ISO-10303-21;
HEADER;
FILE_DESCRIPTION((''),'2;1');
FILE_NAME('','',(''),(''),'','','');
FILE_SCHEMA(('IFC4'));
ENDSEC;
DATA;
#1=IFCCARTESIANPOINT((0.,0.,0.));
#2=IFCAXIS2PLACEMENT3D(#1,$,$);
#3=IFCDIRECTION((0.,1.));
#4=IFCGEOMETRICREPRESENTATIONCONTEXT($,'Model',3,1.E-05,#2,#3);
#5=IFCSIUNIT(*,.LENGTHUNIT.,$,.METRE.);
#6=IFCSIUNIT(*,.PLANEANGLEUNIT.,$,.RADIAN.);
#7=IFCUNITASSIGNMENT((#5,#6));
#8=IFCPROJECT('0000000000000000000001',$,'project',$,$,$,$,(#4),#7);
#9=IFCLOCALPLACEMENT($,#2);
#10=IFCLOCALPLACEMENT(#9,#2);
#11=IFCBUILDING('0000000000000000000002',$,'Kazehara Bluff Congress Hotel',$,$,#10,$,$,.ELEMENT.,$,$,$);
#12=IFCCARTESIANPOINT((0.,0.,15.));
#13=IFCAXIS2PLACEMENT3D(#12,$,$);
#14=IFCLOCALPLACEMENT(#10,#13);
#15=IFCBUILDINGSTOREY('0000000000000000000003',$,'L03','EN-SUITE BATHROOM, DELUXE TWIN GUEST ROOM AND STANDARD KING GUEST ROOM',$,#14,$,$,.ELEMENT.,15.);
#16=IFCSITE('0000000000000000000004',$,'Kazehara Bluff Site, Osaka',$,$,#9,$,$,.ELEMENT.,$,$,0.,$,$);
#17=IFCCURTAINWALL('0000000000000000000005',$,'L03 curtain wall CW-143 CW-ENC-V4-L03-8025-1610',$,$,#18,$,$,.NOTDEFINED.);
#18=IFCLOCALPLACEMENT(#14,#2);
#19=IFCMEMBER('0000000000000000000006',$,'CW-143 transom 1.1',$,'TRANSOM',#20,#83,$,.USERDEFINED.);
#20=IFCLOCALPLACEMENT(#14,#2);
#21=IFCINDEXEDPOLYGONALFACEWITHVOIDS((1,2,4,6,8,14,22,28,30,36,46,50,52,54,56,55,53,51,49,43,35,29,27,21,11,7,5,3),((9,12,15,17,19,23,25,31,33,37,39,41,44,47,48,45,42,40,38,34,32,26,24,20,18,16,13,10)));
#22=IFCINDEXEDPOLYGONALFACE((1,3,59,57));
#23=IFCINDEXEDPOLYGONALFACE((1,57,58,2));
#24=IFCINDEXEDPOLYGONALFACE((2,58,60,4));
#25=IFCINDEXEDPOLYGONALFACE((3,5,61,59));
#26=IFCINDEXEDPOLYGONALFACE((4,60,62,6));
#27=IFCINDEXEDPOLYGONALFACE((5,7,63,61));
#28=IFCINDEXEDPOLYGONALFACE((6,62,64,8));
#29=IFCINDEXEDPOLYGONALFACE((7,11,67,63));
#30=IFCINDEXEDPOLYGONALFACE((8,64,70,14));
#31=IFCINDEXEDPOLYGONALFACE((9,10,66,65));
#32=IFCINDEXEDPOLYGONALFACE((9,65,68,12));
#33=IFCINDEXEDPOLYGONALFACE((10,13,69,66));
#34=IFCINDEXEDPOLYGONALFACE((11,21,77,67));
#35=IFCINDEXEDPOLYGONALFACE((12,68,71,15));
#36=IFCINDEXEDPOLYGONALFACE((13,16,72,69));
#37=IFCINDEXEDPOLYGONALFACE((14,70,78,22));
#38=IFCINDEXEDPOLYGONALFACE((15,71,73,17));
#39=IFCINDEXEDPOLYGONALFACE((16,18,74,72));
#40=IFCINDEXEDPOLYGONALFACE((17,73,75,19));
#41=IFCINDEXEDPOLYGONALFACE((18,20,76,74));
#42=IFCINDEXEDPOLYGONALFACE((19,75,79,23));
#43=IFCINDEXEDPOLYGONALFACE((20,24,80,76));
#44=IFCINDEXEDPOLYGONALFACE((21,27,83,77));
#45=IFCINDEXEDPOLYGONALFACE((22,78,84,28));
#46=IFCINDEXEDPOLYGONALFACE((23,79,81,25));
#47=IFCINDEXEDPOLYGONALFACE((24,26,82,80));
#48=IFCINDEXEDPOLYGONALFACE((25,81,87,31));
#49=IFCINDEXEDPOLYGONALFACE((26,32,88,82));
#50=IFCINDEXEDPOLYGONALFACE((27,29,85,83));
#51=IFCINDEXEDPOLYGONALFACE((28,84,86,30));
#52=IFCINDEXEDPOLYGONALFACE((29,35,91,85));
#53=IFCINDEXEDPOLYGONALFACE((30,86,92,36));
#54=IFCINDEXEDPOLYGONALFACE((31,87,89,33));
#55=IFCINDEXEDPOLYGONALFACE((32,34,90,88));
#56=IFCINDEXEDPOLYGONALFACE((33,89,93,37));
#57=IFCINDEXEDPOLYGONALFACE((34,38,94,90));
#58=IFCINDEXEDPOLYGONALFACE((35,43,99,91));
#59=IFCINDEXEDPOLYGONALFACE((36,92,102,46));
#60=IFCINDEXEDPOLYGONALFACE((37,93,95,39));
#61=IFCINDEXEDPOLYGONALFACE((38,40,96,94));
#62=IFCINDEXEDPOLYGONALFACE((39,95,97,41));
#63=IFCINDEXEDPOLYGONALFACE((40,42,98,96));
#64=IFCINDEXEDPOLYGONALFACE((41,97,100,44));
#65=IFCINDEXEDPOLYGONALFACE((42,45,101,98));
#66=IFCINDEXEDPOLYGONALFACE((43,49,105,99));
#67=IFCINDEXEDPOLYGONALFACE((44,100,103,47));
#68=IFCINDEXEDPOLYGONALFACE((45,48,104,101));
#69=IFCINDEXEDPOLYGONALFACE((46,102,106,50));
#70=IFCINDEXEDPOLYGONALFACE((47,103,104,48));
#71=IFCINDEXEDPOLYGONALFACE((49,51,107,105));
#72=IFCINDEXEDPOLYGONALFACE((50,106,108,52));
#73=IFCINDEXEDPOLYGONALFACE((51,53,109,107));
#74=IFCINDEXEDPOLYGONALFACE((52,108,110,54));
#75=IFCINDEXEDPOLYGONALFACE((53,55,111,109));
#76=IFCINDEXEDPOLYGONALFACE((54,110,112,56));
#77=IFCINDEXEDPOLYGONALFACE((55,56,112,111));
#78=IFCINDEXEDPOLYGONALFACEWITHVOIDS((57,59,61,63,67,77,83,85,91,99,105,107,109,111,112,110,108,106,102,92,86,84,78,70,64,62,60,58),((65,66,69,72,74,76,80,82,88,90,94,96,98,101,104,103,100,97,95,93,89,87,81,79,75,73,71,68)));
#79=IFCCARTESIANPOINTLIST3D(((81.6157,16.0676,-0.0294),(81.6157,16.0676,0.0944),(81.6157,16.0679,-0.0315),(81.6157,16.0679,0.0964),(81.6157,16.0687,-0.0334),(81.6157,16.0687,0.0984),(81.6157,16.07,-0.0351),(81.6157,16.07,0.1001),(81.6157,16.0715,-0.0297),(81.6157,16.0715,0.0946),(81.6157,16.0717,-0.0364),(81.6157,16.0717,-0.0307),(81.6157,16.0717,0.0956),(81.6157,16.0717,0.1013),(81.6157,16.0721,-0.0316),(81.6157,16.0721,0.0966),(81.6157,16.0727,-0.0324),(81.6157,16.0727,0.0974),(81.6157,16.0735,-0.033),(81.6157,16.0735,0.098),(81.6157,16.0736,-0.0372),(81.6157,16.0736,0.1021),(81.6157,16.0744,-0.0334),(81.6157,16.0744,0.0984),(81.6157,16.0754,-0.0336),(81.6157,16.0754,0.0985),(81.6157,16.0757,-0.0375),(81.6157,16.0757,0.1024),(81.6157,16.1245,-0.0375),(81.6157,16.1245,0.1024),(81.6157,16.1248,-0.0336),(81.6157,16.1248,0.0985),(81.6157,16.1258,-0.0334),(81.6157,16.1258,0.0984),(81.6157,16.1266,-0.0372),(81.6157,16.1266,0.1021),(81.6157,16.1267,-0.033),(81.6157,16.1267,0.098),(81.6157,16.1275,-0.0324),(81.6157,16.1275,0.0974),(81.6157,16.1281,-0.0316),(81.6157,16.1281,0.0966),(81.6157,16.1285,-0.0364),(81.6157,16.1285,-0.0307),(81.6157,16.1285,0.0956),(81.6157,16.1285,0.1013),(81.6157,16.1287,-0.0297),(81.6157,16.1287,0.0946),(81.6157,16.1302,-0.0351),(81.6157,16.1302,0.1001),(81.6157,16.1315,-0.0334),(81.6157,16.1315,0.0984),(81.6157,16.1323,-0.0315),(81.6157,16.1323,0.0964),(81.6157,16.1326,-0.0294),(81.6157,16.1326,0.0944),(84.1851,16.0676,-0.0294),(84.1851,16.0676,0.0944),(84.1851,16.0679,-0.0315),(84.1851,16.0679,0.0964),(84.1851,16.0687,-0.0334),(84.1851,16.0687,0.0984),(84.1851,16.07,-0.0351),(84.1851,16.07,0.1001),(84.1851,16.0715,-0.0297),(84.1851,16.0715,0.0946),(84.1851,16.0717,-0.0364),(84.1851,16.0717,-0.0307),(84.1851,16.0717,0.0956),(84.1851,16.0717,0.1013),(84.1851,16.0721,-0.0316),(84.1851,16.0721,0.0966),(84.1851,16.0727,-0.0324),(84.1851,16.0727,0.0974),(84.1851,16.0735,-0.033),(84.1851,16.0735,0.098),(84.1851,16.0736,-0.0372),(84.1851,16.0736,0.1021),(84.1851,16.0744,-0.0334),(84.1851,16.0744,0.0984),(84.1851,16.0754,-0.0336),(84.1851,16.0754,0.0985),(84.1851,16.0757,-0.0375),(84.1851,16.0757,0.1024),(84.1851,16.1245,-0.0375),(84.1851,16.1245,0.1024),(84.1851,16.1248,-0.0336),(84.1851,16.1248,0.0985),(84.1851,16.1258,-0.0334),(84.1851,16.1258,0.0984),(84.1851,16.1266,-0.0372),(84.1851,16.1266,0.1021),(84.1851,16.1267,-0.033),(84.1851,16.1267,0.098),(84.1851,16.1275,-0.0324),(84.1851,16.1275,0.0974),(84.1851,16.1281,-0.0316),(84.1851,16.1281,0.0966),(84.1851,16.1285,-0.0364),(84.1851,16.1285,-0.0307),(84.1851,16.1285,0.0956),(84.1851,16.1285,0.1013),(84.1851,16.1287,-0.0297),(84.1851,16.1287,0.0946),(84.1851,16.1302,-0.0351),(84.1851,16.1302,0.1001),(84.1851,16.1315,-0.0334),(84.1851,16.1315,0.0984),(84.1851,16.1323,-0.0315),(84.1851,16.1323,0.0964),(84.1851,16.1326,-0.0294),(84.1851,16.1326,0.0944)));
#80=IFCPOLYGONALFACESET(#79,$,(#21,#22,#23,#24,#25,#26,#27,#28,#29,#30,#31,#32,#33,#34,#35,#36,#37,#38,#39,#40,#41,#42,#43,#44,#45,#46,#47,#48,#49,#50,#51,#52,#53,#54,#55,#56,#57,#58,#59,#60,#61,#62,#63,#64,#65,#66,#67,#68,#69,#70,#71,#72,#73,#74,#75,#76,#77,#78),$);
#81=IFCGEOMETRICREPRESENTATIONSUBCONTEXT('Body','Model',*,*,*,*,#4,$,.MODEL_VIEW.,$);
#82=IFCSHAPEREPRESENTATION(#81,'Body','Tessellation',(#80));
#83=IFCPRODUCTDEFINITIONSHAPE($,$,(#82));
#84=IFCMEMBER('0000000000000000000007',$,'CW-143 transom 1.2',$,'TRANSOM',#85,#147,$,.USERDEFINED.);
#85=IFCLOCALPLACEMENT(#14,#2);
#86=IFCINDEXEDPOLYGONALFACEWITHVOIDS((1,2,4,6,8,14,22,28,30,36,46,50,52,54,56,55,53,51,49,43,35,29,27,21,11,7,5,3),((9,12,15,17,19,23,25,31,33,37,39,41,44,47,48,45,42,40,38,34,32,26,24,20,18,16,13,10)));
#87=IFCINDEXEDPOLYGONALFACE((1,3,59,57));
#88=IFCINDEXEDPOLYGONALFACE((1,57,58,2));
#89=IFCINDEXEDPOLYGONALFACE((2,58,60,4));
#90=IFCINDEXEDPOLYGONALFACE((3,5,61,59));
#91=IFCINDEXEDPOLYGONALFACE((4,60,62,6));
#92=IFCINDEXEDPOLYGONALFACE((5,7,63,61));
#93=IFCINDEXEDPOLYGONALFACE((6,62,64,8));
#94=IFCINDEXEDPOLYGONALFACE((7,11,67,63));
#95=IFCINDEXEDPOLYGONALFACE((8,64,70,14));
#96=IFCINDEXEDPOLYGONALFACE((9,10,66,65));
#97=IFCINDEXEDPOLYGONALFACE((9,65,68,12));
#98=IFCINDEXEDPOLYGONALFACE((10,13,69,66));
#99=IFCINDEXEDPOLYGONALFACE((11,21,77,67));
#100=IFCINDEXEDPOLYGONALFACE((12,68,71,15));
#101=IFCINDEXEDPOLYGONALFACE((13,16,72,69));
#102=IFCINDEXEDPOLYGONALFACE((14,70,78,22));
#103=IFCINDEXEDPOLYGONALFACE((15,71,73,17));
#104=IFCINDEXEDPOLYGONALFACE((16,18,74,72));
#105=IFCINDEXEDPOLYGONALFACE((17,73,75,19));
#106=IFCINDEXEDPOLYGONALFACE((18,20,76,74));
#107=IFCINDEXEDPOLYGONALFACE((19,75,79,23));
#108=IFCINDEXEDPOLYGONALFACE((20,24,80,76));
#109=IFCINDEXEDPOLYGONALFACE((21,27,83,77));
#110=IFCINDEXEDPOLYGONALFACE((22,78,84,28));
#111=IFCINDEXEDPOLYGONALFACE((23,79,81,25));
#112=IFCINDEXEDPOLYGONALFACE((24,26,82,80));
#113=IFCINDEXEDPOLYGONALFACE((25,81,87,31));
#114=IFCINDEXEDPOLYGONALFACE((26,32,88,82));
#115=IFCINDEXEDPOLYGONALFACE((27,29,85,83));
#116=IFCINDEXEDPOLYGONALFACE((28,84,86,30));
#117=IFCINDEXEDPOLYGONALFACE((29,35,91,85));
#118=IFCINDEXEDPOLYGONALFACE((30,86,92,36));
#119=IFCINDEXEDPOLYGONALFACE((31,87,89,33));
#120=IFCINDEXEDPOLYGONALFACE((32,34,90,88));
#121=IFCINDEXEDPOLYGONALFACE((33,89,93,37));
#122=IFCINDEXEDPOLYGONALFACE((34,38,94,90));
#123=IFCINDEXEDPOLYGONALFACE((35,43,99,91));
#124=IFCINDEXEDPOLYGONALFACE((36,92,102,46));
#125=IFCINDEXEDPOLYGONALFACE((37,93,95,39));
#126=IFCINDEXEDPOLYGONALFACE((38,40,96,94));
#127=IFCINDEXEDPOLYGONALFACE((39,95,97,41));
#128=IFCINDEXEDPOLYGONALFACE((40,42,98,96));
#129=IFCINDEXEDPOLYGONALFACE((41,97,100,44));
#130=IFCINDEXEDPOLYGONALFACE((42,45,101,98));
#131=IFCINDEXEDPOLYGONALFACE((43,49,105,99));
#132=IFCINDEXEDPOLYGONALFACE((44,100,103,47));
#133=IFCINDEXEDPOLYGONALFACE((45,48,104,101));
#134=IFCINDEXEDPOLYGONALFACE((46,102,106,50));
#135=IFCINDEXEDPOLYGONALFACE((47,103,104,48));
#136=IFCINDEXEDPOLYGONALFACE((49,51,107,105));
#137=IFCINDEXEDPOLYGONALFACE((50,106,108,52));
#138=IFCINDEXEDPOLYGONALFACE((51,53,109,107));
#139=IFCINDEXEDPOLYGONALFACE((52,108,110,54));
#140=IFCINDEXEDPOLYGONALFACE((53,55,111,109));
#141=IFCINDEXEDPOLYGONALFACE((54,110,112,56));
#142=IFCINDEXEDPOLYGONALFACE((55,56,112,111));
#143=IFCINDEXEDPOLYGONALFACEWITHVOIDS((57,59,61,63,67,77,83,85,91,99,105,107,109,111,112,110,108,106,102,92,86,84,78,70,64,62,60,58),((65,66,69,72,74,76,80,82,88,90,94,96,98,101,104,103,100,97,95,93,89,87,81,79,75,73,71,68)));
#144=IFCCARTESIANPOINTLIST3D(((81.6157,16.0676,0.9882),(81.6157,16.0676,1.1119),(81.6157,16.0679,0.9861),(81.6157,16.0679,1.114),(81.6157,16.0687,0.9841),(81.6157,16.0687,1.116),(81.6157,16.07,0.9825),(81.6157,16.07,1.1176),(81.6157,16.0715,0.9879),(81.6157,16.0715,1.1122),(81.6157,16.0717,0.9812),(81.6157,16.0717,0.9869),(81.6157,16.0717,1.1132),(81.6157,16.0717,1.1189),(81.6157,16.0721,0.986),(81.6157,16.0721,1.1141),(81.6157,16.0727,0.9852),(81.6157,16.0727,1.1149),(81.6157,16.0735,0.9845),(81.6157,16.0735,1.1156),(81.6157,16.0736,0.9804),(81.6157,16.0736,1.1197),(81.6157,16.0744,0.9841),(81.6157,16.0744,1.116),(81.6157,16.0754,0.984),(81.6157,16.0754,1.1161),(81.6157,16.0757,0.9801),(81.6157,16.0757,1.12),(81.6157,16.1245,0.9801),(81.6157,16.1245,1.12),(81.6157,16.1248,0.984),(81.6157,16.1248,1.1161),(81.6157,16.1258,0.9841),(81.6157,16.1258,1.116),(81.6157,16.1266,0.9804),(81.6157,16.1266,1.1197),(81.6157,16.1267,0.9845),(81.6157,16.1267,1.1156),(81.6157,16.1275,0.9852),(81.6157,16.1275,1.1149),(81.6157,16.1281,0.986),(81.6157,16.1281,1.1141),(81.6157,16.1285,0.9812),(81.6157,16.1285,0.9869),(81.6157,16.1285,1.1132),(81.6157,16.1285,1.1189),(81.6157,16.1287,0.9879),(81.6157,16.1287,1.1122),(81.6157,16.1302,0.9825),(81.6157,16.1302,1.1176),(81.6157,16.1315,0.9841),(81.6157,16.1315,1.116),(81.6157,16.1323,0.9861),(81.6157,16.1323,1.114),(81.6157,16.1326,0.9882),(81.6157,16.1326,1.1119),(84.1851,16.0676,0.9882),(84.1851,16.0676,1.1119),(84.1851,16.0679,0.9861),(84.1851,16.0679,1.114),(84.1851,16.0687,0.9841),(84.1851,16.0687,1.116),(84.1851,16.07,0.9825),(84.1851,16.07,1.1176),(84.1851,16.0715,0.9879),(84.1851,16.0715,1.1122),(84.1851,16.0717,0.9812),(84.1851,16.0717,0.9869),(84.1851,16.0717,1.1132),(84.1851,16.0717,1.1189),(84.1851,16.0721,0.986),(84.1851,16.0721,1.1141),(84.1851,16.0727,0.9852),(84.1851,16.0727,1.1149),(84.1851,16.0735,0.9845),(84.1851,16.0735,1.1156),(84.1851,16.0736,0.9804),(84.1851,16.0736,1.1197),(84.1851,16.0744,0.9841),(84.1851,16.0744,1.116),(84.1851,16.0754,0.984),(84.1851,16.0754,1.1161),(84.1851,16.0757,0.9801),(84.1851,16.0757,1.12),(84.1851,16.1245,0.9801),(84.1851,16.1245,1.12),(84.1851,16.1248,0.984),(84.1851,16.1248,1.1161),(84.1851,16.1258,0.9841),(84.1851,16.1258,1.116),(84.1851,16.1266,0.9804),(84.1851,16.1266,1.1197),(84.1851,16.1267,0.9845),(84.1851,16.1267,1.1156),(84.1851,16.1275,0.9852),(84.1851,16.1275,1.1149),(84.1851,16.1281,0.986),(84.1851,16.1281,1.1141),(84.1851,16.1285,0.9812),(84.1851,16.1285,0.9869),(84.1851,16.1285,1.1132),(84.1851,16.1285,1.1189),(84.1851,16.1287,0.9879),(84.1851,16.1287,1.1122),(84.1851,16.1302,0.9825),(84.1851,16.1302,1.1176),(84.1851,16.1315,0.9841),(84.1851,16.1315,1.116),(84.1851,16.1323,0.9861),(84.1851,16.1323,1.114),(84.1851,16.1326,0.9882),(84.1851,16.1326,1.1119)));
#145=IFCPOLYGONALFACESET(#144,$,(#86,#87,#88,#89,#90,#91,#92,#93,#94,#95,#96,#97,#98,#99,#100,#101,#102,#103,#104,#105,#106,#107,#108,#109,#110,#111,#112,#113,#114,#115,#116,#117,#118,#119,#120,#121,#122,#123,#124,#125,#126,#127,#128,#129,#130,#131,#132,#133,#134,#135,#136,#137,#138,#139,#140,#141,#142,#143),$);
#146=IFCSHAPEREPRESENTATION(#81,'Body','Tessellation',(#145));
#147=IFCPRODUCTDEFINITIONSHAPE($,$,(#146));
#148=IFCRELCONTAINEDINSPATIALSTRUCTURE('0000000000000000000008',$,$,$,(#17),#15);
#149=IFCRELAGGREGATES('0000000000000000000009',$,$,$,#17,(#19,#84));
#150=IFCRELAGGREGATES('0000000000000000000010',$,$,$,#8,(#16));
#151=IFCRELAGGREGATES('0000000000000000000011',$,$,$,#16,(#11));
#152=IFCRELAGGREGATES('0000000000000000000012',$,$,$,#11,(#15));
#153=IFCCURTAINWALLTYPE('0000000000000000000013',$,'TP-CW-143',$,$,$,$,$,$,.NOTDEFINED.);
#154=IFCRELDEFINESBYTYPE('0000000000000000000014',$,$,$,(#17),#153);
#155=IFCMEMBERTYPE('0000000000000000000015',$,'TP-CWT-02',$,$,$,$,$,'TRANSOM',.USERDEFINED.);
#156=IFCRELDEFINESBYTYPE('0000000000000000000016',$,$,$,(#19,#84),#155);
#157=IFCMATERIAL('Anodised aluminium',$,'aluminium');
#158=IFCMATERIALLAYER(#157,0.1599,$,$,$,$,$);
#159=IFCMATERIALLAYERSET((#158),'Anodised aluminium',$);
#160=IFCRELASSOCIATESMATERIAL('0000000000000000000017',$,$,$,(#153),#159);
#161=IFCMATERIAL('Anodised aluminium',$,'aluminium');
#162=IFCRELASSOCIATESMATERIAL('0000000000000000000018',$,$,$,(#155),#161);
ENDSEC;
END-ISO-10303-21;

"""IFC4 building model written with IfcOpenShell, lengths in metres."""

from ifc_helpers import new_model, si_unit, direction, frame, origin, origin_2d, place, context, subcontext, project, spatial, hollow_rectangle, extrude, material, layer, layer_set, material_profile, profile_set, type_object, element, aggregate, save


model = new_model("IFC4")

# Units and contexts
model_context = context("Model", 3, precision=1e-05, world=origin(), true_north=direction((0.0, 1.0)))
body_context = subcontext(model_context, "Body", "Model", "MODEL_VIEW")
ifc_project = project(units=[si_unit("LENGTHUNIT", "METRE"), si_unit("PLANEANGLEUNIT", "RADIAN")], contexts=[model_context])

# Site, building, storey
site_placement = place(None, origin())
site = spatial("IfcSite", under=ifc_project, at=site_placement, Name="Kazehara Bluff Site, Osaka", CompositionType="ELEMENT", RefElevation=0.0)
building_placement = place(site_placement, origin())
building = spatial("IfcBuilding", under=site, at=building_placement, Name="Kazehara Bluff Congress Hotel", CompositionType="ELEMENT")
storey_placement = place(building_placement, frame((0.0, 0.0, 15.0)))
storey = spatial("IfcBuildingStorey", under=building, at=storey_placement, Name="L03", Description="EN-SUITE BATHROOM, DELUXE TWIN GUEST ROOM AND STANDARD KING GUEST ROOM", CompositionType="ELEMENT", Elevation=15.0)

# Curtain wall, members
ifc_material_1 = material(Name="Anodised aluminium", Category="aluminium")
ifc_layer_1 = layer(ifc_material_1, 0.1599)
ifc_layer_set_1 = layer_set([ifc_layer_1], Name="Anodised aluminium")
curtain_wall_type = type_object("IfcCurtainWallType", Name="TP-CW-143", PredefinedType="NOTDEFINED", material=ifc_layer_set_1)
curtain_wall_placement = place(storey_placement, origin())
curtain_wall = element("IfcCurtainWall", 1, at=curtain_wall_placement, inside=storey, type_object=curtain_wall_type, Name="L03 curtain wall CW-143 CW-ENC-V4-L03-8025-1610", PredefinedType="NOTDEFINED")
ifc_material_2 = material(Name="Anodised aluminium", Category="aluminium")
ifc_material_profile_1 = material_profile(ifc_material_2, hollow_rectangle(XDim=0.0649, YDim=0.1399, WallThickness=0.0039, InnerFilletRadius=0.0039, OuterFilletRadius=0.0081, at=origin_2d()))
ifc_profile_set_1 = profile_set([ifc_material_profile_1], Name="Anodised aluminium")
member_type_1 = type_object("IfcMemberType", Name="TP-CWT-02", ElementType="TRANSOM", PredefinedType="USERDEFINED", material=ifc_profile_set_1)
member_1_placement = place(storey_placement, frame((84.1851, 16.1001, 0.0325), z_axis=(-1.0, 0.0, 0.0), x_axis=(0.0, -1.0, 0.0)))
member_1 = element("IfcMember", 2, at=member_1_placement, type_object=member_type_1, Name="CW-143 transom 1.1", ObjectType="TRANSOM", PredefinedType="USERDEFINED", context=body_context, shape_type="SweptSolid", body=[
    extrude(hollow_rectangle(XDim=0.0649, YDim=0.1399, WallThickness=0.0039, InnerFilletRadius=0.0039, OuterFilletRadius=0.0081, at=origin_2d()), origin(), (0.0, 0.0, 1.0), 2.5693),
])
member_2_placement = place(storey_placement, frame((84.1851, 16.1001, 1.05), z_axis=(-1.0, 0.0, 0.0), x_axis=(0.0, -1.0, 0.0)))
member_2 = element("IfcMember", 3, at=member_2_placement, type_object=member_type_1, Name="CW-143 transom 1.2", ObjectType="TRANSOM", PredefinedType="USERDEFINED", context=body_context, shape_type="SweptSolid", body=[
    extrude(hollow_rectangle(XDim=0.0649, YDim=0.1399, WallThickness=0.0039, InnerFilletRadius=0.0039, OuterFilletRadius=0.0081, at=origin_2d()), origin(), (0.0, 0.0, 1.0), 2.5693),
])

aggregate(curtain_wall, [member_1, member_2])

save(model, "model.ifc")
